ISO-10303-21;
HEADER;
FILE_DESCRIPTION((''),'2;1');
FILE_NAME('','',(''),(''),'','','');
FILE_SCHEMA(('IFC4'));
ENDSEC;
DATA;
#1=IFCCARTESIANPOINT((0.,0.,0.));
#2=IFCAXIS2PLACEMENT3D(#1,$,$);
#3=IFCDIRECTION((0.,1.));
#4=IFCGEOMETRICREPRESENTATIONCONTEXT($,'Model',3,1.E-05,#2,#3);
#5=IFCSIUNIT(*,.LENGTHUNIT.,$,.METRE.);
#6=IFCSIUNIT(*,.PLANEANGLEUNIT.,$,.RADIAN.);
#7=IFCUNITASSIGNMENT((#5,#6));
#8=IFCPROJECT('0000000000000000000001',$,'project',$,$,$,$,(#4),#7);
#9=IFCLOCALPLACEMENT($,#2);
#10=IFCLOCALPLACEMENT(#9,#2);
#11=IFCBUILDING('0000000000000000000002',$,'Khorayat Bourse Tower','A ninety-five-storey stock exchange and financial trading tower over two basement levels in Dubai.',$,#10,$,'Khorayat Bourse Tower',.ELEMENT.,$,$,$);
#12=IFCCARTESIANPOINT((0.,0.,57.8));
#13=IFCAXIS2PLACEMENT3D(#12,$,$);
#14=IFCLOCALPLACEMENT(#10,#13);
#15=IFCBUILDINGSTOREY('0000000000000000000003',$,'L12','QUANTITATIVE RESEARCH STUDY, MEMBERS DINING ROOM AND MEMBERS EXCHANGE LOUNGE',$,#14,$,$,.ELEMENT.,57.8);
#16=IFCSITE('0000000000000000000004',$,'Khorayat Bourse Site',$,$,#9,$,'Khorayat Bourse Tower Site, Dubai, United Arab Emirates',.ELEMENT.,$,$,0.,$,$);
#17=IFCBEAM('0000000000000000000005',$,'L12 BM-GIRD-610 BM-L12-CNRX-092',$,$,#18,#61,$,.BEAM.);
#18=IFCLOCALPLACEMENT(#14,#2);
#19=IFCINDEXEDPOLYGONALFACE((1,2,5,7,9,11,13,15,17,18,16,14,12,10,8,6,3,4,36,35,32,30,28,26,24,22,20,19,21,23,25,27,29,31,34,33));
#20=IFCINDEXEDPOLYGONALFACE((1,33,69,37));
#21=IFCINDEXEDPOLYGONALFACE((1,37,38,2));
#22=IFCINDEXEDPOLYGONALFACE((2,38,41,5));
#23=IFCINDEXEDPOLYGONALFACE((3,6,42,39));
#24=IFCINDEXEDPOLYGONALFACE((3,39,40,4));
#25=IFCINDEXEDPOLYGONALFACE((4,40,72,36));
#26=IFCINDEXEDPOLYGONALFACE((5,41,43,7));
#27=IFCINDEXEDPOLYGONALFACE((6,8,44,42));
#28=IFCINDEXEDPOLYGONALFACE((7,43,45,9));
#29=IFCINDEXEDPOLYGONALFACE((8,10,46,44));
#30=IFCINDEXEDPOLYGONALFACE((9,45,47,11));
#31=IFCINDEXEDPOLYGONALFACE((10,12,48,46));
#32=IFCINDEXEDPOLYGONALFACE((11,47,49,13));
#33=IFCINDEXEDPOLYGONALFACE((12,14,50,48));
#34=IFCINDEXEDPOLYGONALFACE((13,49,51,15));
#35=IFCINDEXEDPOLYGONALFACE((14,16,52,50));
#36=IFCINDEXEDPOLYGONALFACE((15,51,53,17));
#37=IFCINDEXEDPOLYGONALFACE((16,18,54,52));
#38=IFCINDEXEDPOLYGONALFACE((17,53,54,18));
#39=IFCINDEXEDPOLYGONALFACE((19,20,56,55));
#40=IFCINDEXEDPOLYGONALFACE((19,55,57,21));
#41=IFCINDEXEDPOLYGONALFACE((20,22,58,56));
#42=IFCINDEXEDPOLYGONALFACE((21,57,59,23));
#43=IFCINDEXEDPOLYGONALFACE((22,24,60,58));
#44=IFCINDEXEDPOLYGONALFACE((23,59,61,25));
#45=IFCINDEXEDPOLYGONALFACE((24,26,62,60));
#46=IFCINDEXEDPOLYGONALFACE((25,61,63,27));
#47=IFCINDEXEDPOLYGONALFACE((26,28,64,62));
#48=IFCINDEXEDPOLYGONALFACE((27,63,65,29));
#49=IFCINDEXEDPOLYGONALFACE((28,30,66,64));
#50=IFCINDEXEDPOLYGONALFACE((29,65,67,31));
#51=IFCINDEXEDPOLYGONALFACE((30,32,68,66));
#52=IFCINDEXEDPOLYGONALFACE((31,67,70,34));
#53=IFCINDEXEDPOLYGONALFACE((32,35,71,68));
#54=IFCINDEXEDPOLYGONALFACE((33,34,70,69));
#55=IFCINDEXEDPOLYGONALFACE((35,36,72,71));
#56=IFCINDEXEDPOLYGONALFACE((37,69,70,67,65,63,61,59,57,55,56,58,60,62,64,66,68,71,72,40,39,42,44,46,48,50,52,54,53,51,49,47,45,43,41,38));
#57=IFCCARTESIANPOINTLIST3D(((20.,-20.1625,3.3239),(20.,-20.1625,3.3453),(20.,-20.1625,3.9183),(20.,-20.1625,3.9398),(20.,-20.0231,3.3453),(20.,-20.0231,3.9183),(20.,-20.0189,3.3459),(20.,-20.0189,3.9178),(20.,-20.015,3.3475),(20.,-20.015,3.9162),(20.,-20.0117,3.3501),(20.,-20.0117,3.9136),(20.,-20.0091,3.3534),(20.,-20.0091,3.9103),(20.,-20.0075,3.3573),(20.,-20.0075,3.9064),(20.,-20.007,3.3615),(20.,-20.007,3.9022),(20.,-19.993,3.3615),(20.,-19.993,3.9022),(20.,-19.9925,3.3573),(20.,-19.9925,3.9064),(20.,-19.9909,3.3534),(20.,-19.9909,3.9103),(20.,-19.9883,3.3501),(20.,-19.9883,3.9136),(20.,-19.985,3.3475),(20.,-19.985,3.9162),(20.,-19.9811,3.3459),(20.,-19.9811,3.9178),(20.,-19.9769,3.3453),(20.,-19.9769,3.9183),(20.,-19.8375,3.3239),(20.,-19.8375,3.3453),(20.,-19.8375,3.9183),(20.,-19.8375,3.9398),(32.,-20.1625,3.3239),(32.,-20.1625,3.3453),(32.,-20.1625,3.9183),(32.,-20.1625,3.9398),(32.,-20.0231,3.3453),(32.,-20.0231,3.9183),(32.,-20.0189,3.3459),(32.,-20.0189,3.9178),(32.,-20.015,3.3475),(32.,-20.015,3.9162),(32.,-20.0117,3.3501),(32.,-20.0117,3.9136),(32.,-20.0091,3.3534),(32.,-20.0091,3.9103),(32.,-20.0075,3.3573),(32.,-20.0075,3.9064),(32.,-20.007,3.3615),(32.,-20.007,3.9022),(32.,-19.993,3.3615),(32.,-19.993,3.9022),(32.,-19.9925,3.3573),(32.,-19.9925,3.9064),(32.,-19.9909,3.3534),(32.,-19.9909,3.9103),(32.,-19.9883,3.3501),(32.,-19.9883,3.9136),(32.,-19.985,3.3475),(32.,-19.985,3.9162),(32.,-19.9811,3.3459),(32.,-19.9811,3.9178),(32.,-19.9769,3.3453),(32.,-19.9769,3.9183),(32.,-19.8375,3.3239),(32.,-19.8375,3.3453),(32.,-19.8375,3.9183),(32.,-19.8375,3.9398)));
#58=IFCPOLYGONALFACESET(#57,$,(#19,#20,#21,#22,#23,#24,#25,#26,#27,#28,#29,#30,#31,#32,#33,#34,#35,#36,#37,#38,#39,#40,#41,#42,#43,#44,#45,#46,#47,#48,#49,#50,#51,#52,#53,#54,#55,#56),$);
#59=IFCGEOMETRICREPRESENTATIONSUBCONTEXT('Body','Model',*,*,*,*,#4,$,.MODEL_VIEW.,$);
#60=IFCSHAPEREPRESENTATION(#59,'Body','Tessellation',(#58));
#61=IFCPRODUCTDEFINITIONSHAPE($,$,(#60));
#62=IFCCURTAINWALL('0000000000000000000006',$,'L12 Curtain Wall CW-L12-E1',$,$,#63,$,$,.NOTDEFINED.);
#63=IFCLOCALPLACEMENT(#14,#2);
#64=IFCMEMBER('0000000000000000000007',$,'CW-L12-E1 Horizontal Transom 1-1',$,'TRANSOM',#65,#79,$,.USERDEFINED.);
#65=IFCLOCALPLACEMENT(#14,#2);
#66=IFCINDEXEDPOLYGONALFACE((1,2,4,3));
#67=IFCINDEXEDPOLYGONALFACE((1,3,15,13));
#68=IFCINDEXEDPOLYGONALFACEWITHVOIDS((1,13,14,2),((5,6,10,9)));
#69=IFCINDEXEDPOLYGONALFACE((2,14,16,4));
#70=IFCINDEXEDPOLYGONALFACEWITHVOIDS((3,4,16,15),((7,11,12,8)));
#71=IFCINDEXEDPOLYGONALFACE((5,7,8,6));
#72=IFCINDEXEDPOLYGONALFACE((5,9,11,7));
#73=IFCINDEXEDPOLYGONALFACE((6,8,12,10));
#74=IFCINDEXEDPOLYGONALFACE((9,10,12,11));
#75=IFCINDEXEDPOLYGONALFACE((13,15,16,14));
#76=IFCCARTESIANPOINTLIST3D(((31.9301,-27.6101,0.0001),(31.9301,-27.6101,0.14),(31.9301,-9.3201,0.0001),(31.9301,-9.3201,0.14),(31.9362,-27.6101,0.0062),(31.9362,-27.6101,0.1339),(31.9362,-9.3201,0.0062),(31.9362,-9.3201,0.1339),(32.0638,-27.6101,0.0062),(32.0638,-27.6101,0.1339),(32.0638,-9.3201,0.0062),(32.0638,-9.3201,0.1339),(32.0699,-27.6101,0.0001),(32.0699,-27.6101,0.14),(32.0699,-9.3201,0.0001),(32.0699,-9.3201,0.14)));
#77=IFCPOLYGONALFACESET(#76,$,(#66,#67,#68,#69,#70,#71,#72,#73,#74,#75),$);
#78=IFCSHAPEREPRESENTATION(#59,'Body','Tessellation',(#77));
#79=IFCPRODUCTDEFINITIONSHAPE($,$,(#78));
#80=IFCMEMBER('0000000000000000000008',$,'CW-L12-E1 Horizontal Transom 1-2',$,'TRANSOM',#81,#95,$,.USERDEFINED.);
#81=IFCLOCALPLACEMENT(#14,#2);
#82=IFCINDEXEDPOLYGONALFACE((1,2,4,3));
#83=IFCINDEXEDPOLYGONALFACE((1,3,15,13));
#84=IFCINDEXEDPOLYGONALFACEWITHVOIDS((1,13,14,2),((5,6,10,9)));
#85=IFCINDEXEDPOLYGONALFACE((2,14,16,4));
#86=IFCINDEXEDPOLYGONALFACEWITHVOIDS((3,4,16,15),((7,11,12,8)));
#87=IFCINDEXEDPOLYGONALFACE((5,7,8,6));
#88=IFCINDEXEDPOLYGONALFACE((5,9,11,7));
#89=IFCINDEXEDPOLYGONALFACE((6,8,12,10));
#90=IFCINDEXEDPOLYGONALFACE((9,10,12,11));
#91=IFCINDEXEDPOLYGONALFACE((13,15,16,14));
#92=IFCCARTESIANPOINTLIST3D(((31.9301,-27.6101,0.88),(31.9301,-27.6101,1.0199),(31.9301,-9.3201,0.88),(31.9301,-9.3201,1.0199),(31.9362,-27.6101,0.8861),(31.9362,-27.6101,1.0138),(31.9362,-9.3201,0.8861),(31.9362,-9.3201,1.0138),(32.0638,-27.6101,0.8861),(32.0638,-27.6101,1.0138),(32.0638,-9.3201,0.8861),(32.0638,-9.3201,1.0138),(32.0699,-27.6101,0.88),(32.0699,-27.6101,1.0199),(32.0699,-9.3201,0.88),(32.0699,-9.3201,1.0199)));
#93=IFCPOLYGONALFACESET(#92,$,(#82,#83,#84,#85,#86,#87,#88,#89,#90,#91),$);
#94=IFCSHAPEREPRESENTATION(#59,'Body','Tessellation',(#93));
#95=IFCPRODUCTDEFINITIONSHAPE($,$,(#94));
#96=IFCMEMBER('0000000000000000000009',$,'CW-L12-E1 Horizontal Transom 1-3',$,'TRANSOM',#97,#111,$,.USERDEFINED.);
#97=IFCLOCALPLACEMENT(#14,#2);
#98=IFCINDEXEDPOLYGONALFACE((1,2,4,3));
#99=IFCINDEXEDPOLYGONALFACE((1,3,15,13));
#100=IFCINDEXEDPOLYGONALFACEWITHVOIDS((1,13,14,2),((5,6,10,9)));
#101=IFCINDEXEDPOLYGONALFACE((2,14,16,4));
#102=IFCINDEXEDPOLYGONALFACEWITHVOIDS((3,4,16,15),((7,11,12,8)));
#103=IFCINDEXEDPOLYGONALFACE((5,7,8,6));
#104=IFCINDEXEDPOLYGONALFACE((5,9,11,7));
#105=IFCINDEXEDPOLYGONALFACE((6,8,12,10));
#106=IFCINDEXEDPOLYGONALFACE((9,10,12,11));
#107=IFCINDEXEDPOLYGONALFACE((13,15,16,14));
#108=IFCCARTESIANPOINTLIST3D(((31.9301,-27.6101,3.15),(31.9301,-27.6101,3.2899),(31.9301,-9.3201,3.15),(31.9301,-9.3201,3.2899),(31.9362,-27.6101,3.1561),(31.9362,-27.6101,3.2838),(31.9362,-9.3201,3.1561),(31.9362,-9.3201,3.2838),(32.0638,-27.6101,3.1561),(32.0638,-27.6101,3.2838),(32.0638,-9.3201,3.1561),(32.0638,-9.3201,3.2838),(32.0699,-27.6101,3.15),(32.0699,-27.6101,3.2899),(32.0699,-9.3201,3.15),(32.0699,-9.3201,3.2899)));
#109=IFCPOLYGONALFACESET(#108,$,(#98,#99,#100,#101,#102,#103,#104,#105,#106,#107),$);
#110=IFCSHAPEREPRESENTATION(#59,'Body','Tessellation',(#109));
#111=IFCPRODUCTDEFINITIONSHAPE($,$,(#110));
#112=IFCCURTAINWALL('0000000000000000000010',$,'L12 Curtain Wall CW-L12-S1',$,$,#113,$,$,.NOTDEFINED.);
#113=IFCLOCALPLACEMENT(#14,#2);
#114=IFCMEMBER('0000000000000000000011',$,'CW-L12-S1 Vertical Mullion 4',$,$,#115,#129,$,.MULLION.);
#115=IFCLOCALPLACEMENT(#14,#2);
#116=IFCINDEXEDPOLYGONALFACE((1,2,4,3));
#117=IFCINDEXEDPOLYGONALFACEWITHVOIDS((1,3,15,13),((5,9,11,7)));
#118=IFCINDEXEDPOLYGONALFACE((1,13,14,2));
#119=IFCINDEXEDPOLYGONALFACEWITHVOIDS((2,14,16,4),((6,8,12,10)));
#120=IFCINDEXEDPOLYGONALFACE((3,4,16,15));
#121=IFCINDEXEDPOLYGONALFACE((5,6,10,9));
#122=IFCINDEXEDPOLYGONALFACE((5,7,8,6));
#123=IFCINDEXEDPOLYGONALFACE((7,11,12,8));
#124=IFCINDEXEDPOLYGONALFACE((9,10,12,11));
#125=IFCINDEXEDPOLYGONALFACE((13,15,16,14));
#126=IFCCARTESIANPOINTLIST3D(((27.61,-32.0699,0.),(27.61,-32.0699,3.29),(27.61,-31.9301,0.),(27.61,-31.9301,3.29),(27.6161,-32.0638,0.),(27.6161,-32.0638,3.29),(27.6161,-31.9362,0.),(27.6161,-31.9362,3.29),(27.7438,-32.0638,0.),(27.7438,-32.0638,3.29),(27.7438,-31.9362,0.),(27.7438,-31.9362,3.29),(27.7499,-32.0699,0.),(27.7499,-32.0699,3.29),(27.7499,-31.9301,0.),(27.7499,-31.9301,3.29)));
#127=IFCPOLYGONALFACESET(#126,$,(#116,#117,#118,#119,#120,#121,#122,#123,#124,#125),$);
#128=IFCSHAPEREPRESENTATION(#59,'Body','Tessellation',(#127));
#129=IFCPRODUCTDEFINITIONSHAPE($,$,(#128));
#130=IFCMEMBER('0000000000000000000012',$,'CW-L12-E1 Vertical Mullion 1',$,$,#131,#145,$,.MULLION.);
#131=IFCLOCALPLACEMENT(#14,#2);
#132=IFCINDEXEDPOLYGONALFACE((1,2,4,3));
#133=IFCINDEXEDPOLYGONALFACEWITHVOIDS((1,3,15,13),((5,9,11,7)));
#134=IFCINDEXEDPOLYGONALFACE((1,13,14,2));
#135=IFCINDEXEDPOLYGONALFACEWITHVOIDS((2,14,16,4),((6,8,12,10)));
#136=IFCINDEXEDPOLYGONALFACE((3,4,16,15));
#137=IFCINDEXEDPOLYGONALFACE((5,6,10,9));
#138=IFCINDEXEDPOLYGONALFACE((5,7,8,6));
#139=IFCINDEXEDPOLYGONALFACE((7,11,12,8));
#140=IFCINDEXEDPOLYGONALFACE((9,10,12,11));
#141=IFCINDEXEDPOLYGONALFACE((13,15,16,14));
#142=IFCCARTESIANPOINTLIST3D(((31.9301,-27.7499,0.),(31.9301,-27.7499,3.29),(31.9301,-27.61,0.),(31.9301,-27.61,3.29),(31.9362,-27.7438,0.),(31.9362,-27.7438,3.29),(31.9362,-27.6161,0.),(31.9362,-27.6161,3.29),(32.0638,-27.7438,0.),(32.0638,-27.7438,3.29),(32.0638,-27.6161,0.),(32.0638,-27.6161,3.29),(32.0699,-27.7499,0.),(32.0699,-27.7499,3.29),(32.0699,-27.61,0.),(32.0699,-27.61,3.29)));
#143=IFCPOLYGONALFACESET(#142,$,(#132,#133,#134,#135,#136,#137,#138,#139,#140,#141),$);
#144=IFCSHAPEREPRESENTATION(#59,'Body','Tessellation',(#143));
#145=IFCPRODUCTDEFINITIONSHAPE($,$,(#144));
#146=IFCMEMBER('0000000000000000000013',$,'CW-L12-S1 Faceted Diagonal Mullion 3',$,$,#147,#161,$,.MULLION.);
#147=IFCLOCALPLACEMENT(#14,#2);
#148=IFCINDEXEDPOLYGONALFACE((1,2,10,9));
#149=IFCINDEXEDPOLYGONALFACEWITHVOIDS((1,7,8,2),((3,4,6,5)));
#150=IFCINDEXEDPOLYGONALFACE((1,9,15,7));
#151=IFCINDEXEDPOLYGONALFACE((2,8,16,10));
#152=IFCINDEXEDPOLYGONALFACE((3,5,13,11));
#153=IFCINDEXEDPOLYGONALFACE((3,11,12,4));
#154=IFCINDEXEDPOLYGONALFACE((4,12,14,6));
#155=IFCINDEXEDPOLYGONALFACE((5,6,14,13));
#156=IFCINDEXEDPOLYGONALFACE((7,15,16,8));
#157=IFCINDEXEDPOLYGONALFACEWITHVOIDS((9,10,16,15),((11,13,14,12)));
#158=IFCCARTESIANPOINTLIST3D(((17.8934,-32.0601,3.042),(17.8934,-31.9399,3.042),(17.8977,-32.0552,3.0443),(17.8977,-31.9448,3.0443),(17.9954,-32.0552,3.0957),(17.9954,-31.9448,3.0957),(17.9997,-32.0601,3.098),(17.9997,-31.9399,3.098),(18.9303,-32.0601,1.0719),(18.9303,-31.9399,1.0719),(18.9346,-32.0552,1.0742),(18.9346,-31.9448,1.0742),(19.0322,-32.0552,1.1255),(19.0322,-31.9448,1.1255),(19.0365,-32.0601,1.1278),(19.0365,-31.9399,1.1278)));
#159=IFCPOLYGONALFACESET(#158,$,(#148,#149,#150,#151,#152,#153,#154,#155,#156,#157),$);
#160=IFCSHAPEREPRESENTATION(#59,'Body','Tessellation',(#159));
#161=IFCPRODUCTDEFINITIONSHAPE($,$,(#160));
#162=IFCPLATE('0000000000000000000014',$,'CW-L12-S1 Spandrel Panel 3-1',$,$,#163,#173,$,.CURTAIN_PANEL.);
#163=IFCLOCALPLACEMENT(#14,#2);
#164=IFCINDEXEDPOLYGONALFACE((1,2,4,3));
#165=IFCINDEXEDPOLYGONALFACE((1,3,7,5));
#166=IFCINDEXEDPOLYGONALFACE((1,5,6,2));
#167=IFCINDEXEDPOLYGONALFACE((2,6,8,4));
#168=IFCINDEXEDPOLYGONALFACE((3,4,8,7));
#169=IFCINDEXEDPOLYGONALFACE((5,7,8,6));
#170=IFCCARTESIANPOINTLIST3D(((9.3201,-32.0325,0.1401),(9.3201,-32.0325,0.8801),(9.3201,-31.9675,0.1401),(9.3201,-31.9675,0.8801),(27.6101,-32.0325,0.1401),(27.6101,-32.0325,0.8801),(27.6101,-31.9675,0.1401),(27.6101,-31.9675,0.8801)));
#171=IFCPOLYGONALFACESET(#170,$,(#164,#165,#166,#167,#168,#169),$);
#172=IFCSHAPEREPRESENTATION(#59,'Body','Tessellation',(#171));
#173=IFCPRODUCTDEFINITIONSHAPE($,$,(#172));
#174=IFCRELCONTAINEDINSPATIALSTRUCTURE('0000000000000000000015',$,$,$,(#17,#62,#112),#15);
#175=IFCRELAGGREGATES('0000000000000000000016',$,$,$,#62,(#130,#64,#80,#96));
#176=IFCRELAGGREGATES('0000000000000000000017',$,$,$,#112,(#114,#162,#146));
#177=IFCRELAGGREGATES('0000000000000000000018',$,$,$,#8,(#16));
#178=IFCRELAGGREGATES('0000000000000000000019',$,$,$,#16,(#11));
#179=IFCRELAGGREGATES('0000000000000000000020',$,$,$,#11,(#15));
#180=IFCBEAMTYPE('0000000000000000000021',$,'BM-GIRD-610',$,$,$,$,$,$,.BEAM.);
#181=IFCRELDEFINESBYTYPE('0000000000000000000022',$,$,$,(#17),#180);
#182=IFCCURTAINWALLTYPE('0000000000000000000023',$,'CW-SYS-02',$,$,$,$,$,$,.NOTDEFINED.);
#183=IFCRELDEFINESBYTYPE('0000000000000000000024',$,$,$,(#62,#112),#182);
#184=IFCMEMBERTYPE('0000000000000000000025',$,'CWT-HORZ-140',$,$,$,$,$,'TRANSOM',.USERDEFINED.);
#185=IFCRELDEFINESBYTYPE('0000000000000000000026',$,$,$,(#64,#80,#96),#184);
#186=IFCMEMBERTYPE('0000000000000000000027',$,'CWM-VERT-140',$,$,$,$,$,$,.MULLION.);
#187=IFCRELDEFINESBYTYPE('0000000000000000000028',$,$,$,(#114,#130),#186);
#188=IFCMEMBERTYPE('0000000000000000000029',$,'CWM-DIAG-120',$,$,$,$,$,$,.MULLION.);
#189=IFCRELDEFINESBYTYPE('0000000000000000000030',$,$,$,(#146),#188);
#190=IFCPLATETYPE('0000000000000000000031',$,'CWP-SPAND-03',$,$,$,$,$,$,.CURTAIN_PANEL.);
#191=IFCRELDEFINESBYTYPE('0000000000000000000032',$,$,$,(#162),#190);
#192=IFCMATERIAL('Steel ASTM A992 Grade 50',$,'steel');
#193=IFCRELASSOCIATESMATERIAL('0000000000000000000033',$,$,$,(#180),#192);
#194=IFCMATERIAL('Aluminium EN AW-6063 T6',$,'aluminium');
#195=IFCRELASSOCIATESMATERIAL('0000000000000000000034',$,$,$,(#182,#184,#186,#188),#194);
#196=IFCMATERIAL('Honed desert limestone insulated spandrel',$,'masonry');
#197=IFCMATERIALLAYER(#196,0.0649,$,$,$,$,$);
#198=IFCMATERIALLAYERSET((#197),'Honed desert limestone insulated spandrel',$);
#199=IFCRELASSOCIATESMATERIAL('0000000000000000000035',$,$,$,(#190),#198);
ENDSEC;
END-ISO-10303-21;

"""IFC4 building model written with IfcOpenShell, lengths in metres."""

from ifc_helpers import new_model, si_unit, direction, frame, origin, origin_2d, place, context, subcontext, project, spatial, rectangle, hollow_rectangle, i_section, extrude, source, transform, mapped, material, layer, layer_set, material_profile, profile_set, type_object, element, aggregate, save


model = new_model("IFC4")

# Units and contexts
model_context = context("Model", 3, precision=1e-05, world=origin(), true_north=direction((0.0, 1.0)))
body_context = subcontext(model_context, "Body", "Model", "MODEL_VIEW")
ifc_project = project(units=[si_unit("LENGTHUNIT", "METRE"), si_unit("PLANEANGLEUNIT", "RADIAN")], contexts=[model_context])

# Site, building, storey
site_placement = place(None, origin())
site = spatial("IfcSite", under=ifc_project, at=site_placement, Name="Khorayat Bourse Site", LongName="Khorayat Bourse Tower Site, Dubai, United Arab Emirates", CompositionType="ELEMENT", RefElevation=0.0)
building_placement = place(site_placement, origin())
building = spatial("IfcBuilding", under=site, at=building_placement, Name="Khorayat Bourse Tower", Description="A ninety-five-storey stock exchange and financial trading tower over two basement levels in Dubai.", LongName="Khorayat Bourse Tower", CompositionType="ELEMENT")
storey_placement = place(building_placement, frame((0.0, 0.0, 57.8)))
storey = spatial("IfcBuildingStorey", under=building, at=storey_placement, Name="L12", Description="QUANTITATIVE RESEARCH STUDY, MEMBERS DINING ROOM AND MEMBERS EXCHANGE LOUNGE", CompositionType="ELEMENT", Elevation=57.8)

# Beam
ifc_material_1 = material(Name="Steel ASTM A992 Grade 50", Category="steel")
ifc_material_profile_1 = material_profile(ifc_material_1, i_section(OverallWidth=0.325, OverallDepth=0.616, WebThickness=0.0139, FlangeThickness=0.0215, FilletRadius=0.0161, at=origin_2d()), Name="W610X174")
ifc_profile_set_1 = profile_set([ifc_material_profile_1], Name="Steel ASTM A992 Grade 50")
beam_type_1 = type_object("IfcBeamType", Name="BM-GIRD-610", PredefinedType="BEAM", material=ifc_profile_set_1)
shared_shape_1 = source(origin(), body_context, "Body", "SweptSolid", [
    extrude(i_section(OverallWidth=0.325, OverallDepth=0.616, WebThickness=0.0139, FlangeThickness=0.0215, FilletRadius=0.0161, at=origin_2d()), origin(), (0.0, 0.0, 1.0), 12.0),
])
beam_1_placement = place(storey_placement, frame((20.0, -20.0, 3.6318), z_axis=(1.0, 0.0, 0.0), x_axis=(0.0, 1.0, 0.0)))
element("IfcBeam", 1, at=beam_1_placement, inside=storey, type_object=beam_type_1, Name="L12 BM-GIRD-610 BM-L12-CNRX-092", PredefinedType="BEAM", context=body_context, shape_type="MappedRepresentation", body=[
    mapped(shared_shape_1, transform((0.0, 0.0, 0.0), scale=1.0)),
])

# Curtain wall, members
ifc_material_2 = material(Name="Aluminium EN AW-6063 T6", Category="aluminium")
curtain_wall_type = type_object("IfcCurtainWallType", Name="CW-SYS-02", PredefinedType="NOTDEFINED", material=ifc_material_2)
curtain_wall_1_placement = place(storey_placement, origin())
curtain_wall_1 = element("IfcCurtainWall", 2, at=curtain_wall_1_placement, inside=storey, type_object=curtain_wall_type, Name="L12 Curtain Wall CW-L12-E1", PredefinedType="NOTDEFINED")
ifc_material_profile_2 = material_profile(ifc_material_2, hollow_rectangle(XDim=0.1399, YDim=0.1399, WallThickness=0.0061, at=origin_2d()), Name="ALU 140x140x6")
ifc_profile_set_2 = profile_set([ifc_material_profile_2], Name="Aluminium EN AW-6063 T6")
member_type_1 = type_object("IfcMemberType", Name="CWT-HORZ-140", ElementType="TRANSOM", PredefinedType="USERDEFINED", material=ifc_profile_set_2)
shared_shape_2 = source(origin(), body_context, "Body", "SweptSolid", [
    extrude(hollow_rectangle(XDim=0.1399, YDim=0.1399, WallThickness=0.0061, at=origin_2d()), origin(), (0.0, 0.0, 1.0), 18.29),
])
member_1_placement = place(storey_placement, frame((32.0, -27.6101, 0.0701), z_axis=(0.0, 1.0, 0.0), x_axis=(-1.0, 0.0, 0.0)))
member_1 = element("IfcMember", 3, at=member_1_placement, type_object=member_type_1, Name="CW-L12-E1 Horizontal Transom 1-1", ObjectType="TRANSOM", PredefinedType="USERDEFINED", context=body_context, shape_type="MappedRepresentation", body=[
    mapped(shared_shape_2, transform((0.0, 0.0, 0.0), scale=1.0)),
])
member_2_placement = place(storey_placement, frame((32.0, -27.6101, 0.95), z_axis=(0.0, 1.0, 0.0), x_axis=(-1.0, 0.0, 0.0)))
member_2 = element("IfcMember", 4, at=member_2_placement, type_object=member_type_1, Name="CW-L12-E1 Horizontal Transom 1-2", ObjectType="TRANSOM", PredefinedType="USERDEFINED", context=body_context, shape_type="MappedRepresentation", body=[
    mapped(shared_shape_2, transform((0.0, 0.0, 0.0), scale=1.0)),
])
member_3_placement = place(storey_placement, frame((32.0, -27.6101, 3.22), z_axis=(0.0, 1.0, 0.0), x_axis=(-1.0, 0.0, 0.0)))
member_3 = element("IfcMember", 5, at=member_3_placement, type_object=member_type_1, Name="CW-L12-E1 Horizontal Transom 1-3", ObjectType="TRANSOM", PredefinedType="USERDEFINED", context=body_context, shape_type="MappedRepresentation", body=[
    mapped(shared_shape_2, transform((0.0, 0.0, 0.0), scale=1.0)),
])

# Curtain wall, member
curtain_wall_2_placement = place(storey_placement, origin())
curtain_wall_2 = element("IfcCurtainWall", 6, at=curtain_wall_2_placement, inside=storey, type_object=curtain_wall_type, Name="L12 Curtain Wall CW-L12-S1", PredefinedType="NOTDEFINED")
ifc_material_profile_3 = material_profile(ifc_material_2, hollow_rectangle(XDim=0.1399, YDim=0.1399, WallThickness=0.0061, at=origin_2d()), Name="ALU 140x140x6")
ifc_profile_set_3 = profile_set([ifc_material_profile_3], Name="Aluminium EN AW-6063 T6")
member_type_2 = type_object("IfcMemberType", Name="CWM-VERT-140", PredefinedType="MULLION", material=ifc_profile_set_3)
shared_shape_3 = source(origin(), body_context, "Body", "SweptSolid", [
    extrude(hollow_rectangle(XDim=0.1399, YDim=0.1399, WallThickness=0.0061, at=origin_2d()), origin(), (0.0, 0.0, 1.0), 3.29),
])
member_4_placement = place(storey_placement, frame((27.6799, -32.0, 0.0), z_axis=(0.0, 0.0, 1.0), x_axis=(0.0, 1.0, 0.0)))
member_4 = element("IfcMember", 7, at=member_4_placement, type_object=member_type_2, Name="CW-L12-S1 Vertical Mullion 4", PredefinedType="MULLION", context=body_context, shape_type="MappedRepresentation", body=[
    mapped(shared_shape_3, transform((0.0, 0.0, 0.0), scale=1.0)),
])

# Members
member_5_placement = place(storey_placement, frame((32.0, -27.6799, 0.0), z_axis=(0.0, 0.0, 1.0), x_axis=(-1.0, 0.0, 0.0)))
member_5 = element("IfcMember", 8, at=member_5_placement, type_object=member_type_2, Name="CW-L12-E1 Vertical Mullion 1", PredefinedType="MULLION", context=body_context, shape_type="MappedRepresentation", body=[
    mapped(shared_shape_3, transform((0.0, 0.0, 0.0), scale=1.0)),
])
aggregate(curtain_wall_1, [member_5, member_1, member_2, member_3])
ifc_material_profile_4 = material_profile(ifc_material_2, hollow_rectangle(XDim=0.1201, YDim=0.1201, WallThickness=0.0049, at=origin_2d()), Name="ALU 120x120x5")
ifc_profile_set_4 = profile_set([ifc_material_profile_4], Name="Aluminium EN AW-6063 T6")
member_type_3 = type_object("IfcMemberType", Name="CWM-DIAG-120", PredefinedType="MULLION", material=ifc_profile_set_4)
shared_shape_4 = source(origin(), body_context, "Body", "SweptSolid", [
    extrude(hollow_rectangle(XDim=0.1201, YDim=0.1201, WallThickness=0.0049, at=origin_2d()), origin(), (0.0, 0.0, 1.0), 2.2263),
])
member_6_placement = place(storey_placement, frame((18.9834, -32.0, 1.0999), z_axis=(-0.465715, 0.0, 0.884935), x_axis=(0.0, -1.0, 0.0)))
member_6 = element("IfcMember", 9, at=member_6_placement, type_object=member_type_3, Name="CW-L12-S1 Faceted Diagonal Mullion 3", PredefinedType="MULLION", context=body_context, shape_type="MappedRepresentation", body=[
    mapped(shared_shape_4, transform((0.0, 0.0, 0.0), scale=1.0)),
])

# Plate
ifc_material_3 = material(Name="Honed desert limestone insulated spandrel", Category="masonry")
ifc_layer_1 = layer(ifc_material_3, 0.0649)
ifc_layer_set_1 = layer_set([ifc_layer_1], Name="Honed desert limestone insulated spandrel")
plate_type_1 = type_object("IfcPlateType", Name="CWP-SPAND-03", PredefinedType="CURTAIN_PANEL", material=ifc_layer_set_1)
shared_shape_5 = source(origin(), body_context, "Body", "SweptSolid", [
    extrude(rectangle(XDim=18.29, YDim=0.0649, at=origin_2d()), origin(), (0.0, 0.0, 1.0), 0.74),
])
plate_1_placement = place(storey_placement, frame((18.4651, -32.0, 0.1401), z_axis=(0.0, 0.0, 1.0), x_axis=(1.0, 0.0, 0.0)))
plate_1 = element("IfcPlate", 10, at=plate_1_placement, type_object=plate_type_1, Name="CW-L12-S1 Spandrel Panel 3-1", PredefinedType="CURTAIN_PANEL", context=body_context, shape_type="MappedRepresentation", body=[
    mapped(shared_shape_5, transform((0.0, 0.0, 0.0), scale=1.0)),
])
aggregate(curtain_wall_2, [member_4, plate_1, member_6])

save(model, "model.ifc")
